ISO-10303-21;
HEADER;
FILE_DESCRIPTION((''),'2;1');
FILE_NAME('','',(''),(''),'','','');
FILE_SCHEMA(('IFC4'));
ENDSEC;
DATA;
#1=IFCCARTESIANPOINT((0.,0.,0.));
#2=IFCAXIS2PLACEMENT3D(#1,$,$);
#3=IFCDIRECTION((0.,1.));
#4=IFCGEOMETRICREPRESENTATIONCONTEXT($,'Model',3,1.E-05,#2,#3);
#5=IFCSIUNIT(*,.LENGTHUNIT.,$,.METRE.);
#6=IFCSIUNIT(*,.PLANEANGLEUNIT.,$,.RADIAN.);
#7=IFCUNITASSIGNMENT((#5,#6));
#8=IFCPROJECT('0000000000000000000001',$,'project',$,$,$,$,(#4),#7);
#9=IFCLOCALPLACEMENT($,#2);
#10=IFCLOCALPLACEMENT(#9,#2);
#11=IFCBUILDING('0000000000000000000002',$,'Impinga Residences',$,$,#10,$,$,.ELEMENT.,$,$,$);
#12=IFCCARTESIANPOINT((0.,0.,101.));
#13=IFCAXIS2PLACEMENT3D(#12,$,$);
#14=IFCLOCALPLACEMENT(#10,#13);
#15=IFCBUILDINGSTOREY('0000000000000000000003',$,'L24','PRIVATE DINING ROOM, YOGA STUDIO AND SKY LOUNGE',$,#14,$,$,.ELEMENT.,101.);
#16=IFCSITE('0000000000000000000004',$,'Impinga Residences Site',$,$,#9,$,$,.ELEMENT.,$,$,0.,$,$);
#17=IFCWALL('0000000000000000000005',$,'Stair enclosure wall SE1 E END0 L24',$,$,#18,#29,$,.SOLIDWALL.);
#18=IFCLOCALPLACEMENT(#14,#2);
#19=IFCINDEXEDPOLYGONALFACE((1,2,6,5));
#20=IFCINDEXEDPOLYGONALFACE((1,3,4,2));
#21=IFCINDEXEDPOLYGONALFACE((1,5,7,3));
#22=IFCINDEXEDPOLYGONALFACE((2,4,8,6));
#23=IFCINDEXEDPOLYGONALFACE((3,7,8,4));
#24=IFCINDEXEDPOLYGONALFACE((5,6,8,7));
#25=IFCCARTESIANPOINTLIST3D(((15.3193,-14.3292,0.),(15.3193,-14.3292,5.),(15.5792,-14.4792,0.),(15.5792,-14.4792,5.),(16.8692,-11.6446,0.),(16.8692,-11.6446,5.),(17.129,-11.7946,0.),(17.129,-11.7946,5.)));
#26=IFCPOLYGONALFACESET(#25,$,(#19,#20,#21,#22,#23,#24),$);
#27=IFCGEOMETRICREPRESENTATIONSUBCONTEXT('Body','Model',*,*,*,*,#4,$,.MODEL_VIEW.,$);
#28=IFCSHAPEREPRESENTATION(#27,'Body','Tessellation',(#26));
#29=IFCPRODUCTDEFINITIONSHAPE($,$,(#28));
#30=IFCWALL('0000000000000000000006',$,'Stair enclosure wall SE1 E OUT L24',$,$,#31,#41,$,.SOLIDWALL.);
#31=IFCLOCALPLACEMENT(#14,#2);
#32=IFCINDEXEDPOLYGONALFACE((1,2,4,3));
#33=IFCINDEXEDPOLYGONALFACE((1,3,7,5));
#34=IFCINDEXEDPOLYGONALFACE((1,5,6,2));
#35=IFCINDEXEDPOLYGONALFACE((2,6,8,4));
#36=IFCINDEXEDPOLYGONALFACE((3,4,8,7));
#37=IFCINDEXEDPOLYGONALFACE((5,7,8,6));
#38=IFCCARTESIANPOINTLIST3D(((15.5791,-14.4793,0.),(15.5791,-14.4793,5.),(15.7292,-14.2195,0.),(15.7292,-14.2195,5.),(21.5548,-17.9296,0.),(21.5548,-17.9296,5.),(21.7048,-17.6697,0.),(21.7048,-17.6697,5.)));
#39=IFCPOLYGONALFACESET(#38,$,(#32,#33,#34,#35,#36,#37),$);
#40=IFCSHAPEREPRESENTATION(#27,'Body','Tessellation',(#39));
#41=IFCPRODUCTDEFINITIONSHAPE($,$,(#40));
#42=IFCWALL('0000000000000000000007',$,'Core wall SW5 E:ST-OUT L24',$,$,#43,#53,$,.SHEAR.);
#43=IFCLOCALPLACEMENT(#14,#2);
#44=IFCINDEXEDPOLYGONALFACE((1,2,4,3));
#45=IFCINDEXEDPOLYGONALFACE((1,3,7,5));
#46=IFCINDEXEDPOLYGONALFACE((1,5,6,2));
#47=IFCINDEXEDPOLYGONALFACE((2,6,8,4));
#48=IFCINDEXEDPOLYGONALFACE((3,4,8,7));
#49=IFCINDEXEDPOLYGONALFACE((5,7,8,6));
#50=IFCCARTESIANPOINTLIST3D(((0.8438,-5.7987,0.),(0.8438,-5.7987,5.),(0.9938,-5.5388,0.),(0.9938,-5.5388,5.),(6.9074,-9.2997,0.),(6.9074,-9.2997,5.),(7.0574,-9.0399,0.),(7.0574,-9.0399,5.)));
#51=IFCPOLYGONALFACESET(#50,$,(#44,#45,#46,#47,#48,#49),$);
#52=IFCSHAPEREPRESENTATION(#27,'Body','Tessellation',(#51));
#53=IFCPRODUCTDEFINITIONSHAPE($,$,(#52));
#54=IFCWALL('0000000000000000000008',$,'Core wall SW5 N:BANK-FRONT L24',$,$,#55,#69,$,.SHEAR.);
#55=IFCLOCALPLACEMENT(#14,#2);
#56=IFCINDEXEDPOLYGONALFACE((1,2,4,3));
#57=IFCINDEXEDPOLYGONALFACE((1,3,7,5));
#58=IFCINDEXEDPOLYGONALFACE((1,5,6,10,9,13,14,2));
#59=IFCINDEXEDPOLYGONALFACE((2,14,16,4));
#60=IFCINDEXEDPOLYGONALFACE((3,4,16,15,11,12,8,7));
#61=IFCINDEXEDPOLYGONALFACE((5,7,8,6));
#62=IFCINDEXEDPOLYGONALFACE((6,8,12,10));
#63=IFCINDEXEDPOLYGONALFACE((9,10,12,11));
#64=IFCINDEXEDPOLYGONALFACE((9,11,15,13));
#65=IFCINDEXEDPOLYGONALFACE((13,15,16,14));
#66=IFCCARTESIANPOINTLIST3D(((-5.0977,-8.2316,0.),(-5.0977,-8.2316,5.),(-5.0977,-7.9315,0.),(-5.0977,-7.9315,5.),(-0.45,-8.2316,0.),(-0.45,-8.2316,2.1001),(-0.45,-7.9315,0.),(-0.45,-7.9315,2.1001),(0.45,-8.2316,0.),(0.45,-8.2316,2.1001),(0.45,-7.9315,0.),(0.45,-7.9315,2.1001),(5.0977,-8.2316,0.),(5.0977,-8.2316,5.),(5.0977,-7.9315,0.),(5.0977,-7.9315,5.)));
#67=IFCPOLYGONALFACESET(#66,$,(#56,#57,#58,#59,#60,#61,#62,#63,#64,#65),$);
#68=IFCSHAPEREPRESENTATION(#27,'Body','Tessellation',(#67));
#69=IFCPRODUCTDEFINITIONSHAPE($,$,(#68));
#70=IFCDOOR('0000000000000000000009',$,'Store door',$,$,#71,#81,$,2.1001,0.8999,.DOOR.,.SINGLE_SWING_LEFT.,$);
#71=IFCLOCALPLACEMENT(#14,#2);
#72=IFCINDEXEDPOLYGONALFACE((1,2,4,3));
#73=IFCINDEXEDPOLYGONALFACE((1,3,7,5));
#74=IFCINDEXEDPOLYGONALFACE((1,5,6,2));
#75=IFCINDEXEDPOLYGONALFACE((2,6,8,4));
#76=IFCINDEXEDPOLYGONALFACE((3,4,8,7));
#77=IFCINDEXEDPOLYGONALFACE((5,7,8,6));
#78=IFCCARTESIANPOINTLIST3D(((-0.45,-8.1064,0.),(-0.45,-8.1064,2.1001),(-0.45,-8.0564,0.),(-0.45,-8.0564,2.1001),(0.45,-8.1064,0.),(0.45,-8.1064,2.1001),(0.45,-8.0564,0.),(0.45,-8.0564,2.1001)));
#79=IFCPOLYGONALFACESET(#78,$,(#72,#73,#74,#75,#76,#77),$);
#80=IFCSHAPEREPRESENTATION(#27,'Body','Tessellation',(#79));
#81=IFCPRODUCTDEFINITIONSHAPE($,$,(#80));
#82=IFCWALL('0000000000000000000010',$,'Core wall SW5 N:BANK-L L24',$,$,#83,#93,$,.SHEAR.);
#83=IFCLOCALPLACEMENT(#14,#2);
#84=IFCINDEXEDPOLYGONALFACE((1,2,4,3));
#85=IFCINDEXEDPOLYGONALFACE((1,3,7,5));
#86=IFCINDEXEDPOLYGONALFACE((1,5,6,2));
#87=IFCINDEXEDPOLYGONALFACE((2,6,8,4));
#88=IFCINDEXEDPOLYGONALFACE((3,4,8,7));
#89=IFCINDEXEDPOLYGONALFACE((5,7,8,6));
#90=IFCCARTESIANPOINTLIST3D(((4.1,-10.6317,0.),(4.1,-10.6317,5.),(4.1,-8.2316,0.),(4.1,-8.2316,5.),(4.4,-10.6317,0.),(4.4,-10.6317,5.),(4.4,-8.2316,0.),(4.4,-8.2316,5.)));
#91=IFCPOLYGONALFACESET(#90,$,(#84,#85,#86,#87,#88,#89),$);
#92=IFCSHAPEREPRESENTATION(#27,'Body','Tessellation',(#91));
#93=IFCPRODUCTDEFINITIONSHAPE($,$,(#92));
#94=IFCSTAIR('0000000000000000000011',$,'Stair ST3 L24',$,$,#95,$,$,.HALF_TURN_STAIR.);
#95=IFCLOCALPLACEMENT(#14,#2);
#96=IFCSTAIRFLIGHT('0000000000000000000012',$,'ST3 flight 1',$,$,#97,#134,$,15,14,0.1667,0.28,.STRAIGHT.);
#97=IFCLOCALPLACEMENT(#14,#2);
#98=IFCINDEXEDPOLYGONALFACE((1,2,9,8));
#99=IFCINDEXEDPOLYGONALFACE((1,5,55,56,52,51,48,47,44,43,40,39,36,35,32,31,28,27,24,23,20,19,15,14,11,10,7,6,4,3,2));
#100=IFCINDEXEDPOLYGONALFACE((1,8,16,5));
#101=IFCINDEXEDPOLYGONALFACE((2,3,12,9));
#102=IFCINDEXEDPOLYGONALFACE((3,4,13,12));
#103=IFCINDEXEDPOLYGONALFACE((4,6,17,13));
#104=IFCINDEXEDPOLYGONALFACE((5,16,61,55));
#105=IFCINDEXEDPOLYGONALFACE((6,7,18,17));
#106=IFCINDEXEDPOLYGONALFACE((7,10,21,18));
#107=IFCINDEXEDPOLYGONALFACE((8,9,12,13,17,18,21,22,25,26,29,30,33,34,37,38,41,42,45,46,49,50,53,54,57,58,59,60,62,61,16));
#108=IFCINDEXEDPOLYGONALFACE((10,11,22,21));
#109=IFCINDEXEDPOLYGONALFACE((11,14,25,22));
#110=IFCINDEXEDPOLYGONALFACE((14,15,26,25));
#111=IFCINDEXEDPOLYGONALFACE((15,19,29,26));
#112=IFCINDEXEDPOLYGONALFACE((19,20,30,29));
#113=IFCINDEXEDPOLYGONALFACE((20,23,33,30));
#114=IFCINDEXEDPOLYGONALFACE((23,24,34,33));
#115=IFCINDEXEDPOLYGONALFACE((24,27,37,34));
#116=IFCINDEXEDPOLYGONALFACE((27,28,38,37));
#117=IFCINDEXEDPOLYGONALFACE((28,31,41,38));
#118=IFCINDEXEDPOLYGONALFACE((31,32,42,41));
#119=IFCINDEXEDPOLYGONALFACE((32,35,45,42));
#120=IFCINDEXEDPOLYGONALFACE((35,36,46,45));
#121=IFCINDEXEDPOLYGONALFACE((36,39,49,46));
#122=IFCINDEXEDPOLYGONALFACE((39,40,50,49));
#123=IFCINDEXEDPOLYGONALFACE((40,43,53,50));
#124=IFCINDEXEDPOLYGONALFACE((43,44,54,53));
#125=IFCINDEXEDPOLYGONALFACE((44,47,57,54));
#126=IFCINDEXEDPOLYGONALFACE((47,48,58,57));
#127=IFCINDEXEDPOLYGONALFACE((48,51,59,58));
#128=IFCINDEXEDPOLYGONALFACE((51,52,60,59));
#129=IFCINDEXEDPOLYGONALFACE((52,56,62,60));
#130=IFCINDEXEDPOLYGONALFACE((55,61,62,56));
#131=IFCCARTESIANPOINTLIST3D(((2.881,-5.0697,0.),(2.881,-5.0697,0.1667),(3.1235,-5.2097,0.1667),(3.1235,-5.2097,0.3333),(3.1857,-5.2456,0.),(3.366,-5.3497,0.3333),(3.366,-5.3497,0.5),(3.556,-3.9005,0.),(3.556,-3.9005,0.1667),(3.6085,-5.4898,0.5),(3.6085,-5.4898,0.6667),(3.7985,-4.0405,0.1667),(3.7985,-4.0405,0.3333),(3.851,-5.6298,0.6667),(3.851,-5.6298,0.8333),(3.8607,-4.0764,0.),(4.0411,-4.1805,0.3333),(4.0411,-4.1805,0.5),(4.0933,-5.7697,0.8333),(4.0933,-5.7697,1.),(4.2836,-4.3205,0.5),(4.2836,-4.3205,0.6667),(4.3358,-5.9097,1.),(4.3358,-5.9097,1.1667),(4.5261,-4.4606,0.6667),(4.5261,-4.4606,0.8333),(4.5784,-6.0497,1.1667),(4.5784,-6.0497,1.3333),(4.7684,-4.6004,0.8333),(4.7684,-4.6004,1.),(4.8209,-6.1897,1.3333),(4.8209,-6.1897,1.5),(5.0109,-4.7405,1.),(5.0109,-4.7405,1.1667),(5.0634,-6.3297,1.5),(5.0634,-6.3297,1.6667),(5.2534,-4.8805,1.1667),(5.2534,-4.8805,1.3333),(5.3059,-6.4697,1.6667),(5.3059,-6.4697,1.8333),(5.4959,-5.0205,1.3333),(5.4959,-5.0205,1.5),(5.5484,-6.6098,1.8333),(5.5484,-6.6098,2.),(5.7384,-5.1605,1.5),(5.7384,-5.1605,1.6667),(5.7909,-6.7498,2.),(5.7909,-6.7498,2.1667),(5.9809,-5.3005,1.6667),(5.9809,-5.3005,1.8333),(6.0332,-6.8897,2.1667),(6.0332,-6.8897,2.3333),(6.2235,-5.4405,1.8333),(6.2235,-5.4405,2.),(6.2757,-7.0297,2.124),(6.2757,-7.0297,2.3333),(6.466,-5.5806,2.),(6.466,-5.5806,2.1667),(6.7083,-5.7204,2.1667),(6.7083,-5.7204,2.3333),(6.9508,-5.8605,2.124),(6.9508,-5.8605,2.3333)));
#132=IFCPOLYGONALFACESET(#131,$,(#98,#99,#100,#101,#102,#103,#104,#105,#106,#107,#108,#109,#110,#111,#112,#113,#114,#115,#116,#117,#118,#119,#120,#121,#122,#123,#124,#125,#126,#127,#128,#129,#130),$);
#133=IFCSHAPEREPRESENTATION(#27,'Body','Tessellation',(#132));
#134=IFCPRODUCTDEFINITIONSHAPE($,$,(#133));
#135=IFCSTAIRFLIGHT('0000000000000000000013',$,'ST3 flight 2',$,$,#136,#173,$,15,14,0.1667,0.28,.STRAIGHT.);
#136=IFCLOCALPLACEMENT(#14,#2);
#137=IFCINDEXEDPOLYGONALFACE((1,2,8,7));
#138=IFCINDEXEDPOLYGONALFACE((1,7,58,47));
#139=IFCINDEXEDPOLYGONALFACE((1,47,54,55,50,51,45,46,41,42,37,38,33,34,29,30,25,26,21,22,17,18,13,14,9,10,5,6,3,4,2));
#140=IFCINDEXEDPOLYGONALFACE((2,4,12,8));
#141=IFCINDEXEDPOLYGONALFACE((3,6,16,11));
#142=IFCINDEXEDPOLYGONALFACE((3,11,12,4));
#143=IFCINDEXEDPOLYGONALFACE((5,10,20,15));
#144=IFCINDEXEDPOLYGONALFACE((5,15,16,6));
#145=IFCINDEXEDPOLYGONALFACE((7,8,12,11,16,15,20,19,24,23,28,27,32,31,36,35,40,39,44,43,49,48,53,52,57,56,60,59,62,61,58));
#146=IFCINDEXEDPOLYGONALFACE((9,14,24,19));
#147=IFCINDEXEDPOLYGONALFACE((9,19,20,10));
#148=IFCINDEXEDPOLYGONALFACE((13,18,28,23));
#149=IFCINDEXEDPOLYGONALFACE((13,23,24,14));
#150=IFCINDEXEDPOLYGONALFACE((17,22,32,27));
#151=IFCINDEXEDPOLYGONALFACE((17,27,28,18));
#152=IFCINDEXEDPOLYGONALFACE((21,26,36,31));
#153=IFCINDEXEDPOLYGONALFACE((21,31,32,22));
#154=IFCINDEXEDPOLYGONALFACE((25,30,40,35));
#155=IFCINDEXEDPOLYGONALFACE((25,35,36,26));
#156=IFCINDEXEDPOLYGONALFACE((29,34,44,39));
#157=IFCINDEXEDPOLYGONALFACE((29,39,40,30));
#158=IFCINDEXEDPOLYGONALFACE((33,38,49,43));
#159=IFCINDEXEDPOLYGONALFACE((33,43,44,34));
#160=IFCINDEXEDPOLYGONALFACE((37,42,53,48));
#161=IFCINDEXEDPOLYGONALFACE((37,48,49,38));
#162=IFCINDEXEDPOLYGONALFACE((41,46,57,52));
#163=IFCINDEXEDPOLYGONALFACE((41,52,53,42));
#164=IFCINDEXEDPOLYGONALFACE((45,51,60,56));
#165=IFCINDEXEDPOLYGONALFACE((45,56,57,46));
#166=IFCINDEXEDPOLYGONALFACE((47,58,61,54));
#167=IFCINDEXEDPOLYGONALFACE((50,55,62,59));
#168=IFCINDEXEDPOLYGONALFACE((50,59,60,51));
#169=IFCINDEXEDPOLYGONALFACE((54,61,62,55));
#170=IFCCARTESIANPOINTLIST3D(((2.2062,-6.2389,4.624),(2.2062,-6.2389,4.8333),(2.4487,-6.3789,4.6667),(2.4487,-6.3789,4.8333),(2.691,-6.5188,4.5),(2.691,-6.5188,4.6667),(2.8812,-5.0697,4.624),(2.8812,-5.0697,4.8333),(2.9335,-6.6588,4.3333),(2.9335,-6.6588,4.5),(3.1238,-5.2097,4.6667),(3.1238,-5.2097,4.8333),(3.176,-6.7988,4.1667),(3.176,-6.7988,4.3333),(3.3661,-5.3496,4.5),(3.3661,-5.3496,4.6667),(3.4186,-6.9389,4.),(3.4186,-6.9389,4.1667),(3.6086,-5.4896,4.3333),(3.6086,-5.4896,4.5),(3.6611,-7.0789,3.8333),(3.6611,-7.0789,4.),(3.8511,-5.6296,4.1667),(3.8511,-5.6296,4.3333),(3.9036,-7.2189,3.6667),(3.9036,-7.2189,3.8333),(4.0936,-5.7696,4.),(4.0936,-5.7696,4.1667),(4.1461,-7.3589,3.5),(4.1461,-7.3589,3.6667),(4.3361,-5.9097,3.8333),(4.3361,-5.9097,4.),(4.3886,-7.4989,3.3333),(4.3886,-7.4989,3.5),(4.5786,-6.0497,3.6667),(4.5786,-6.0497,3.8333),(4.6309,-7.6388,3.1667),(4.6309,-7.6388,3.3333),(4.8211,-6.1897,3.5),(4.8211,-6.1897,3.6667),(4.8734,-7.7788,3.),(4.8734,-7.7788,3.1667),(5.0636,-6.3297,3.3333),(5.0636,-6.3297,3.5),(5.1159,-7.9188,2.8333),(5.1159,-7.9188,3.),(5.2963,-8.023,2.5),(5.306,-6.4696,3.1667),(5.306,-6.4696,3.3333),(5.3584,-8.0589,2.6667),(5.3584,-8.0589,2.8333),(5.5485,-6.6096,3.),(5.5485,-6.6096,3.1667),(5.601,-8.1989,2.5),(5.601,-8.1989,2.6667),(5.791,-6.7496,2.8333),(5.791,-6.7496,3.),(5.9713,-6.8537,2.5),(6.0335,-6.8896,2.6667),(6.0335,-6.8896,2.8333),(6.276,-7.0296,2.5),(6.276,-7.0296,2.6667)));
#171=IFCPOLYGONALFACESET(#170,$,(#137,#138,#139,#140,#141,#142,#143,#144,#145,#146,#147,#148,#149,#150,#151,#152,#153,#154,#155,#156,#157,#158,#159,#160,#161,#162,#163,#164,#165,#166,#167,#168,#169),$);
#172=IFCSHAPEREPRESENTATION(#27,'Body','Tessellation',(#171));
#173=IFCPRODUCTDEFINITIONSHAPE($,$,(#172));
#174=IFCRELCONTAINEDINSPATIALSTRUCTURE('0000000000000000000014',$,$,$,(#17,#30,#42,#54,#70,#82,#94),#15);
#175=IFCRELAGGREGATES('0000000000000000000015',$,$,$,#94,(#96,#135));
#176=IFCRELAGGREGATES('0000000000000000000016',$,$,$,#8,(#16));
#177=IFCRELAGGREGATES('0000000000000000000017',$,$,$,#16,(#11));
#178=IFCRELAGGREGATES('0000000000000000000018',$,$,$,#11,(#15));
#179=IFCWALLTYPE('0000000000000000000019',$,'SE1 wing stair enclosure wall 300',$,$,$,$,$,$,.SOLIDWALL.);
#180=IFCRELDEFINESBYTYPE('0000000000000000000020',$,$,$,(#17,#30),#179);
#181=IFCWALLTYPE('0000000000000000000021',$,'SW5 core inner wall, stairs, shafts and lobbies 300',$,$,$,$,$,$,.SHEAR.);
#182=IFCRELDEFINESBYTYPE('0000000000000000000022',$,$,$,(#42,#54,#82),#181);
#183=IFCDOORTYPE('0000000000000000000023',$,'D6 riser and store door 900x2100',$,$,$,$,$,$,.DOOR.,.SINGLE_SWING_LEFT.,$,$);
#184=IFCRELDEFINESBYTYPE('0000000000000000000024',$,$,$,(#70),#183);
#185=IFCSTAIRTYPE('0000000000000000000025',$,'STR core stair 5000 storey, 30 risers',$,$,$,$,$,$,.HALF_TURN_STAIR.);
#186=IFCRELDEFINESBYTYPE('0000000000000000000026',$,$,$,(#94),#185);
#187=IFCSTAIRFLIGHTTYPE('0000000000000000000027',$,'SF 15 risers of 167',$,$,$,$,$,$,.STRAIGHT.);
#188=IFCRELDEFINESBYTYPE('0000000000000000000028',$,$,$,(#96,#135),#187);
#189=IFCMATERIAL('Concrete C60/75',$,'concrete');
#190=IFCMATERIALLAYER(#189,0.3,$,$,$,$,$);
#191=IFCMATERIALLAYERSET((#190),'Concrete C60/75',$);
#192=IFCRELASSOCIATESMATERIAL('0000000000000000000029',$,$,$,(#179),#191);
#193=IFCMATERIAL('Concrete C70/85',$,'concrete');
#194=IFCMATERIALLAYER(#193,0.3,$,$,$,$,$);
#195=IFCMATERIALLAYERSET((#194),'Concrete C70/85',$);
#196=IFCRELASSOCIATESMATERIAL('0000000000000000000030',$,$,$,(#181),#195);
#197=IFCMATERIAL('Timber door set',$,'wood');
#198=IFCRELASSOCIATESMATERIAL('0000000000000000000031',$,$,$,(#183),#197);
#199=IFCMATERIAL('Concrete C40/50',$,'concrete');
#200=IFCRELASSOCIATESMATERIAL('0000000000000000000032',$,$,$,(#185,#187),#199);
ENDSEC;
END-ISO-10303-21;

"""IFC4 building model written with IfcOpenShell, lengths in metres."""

from ifc_helpers import new_model, si_unit, direction, frame, frame_2d, origin, place, context, subcontext, project, spatial, polyline, rectangle, outline, extrude, material, layer, layer_set, type_object, element, fill, aggregate, save


model = new_model("IFC4")

# Units and contexts
model_context = context("Model", 3, precision=1e-05, world=origin(), true_north=direction((0.0, 1.0)))
body_context = subcontext(model_context, "Body", "Model", "MODEL_VIEW")
ifc_project = project(units=[si_unit("LENGTHUNIT", "METRE"), si_unit("PLANEANGLEUNIT", "RADIAN")], contexts=[model_context])

# Site, building, storey
site_placement = place(None, origin())
site = spatial("IfcSite", under=ifc_project, at=site_placement, Name="Impinga Residences Site", CompositionType="ELEMENT", RefElevation=0.0)
building_placement = place(site_placement, origin())
building = spatial("IfcBuilding", under=site, at=building_placement, Name="Impinga Residences", CompositionType="ELEMENT")
storey_placement = place(building_placement, frame((0.0, 0.0, 101.0)))
storey = spatial("IfcBuildingStorey", under=building, at=storey_placement, Name="L24", Description="PRIVATE DINING ROOM, YOGA STUDIO AND SKY LOUNGE", CompositionType="ELEMENT", Elevation=101.0)

# Shared definitions
ifc_material_1 = material(Name="Concrete C60/75", Category="concrete")

# Shared definitions
ifc_material_2 = material(Name="Timber door set", Category="wood")

# Walls
ifc_layer_1 = layer(ifc_material_1, 0.3)
ifc_layer_set_1 = layer_set([ifc_layer_1], Name="Concrete C60/75")
wall_type_1 = type_object("IfcWallType", Name="SE1 wing stair enclosure wall 300", PredefinedType="SOLIDWALL", material=ifc_layer_set_1)
wall_1_placement = place(storey_placement, frame((16.999, -11.7197, 0.0), z_axis=(0.0, 0.0, 1.0), x_axis=(-0.499968, -0.866044, 0.0)))
element("IfcWall", 1, at=wall_1_placement, inside=storey, type_object=wall_type_1, Name="Stair enclosure wall SE1 E END0 L24", PredefinedType="SOLIDWALL", context=body_context, shape_type="SweptSolid", body=[
    extrude(rectangle(XDim=3.0999, YDim=0.3, at=frame_2d((1.5498, 0.0))), origin(), (0.0, 0.0, 1.0), 5.0),
])
wall_2_placement = place(storey_placement, frame((15.6541, -14.3494, 0.0), z_axis=(0.0, 0.0, 1.0), x_axis=(0.866014, -0.500021, 0.0)))
element("IfcWall", 2, at=wall_2_placement, inside=storey, type_object=wall_type_1, Name="Stair enclosure wall SE1 E OUT L24", PredefinedType="SOLIDWALL", context=body_context, shape_type="SweptSolid", body=[
    extrude(rectangle(XDim=6.9001, YDim=0.3, at=frame_2d((3.4502, 0.0))), origin(), (0.0, 0.0, 1.0), 5.0),
])
ifc_material_3 = material(Name="Concrete C70/85", Category="concrete")
ifc_layer_2 = layer(ifc_material_3, 0.3)
ifc_layer_set_2 = layer_set([ifc_layer_2], Name="Concrete C70/85")
wall_type_2 = type_object("IfcWallType", Name="SW5 core inner wall, stairs, shafts and lobbies 300", PredefinedType="SHEAR", material=ifc_layer_set_2)
wall_3_placement = place(storey_placement, frame((0.9187, -5.6687, 0.0), z_axis=(0.0, 0.0, 1.0), x_axis=(0.866011, -0.500024, 0.0)))
element("IfcWall", 3, at=wall_3_placement, inside=storey, type_object=wall_type_2, Name="Core wall SW5 E:ST-OUT L24", PredefinedType="SHEAR", context=body_context, shape_type="SweptSolid", body=[
    extrude(rectangle(XDim=7.0017, YDim=0.3, at=frame_2d((3.501, 0.0))), origin(), (0.0, 0.0, 1.0), 5.0),
])

# Wall, opening, door
wall_4_placement = place(storey_placement, frame((5.0977, -8.0815, 0.0), z_axis=(0.0, 0.0, 1.0), x_axis=(-1.0, 0.0, 0.0)))
wall_4 = element("IfcWall", 4, at=wall_4_placement, inside=storey, type_object=wall_type_2, Name="Core wall SW5 N:BANK-FRONT L24", PredefinedType="SHEAR", context=body_context, shape_type="SweptSolid", body=[
    extrude(rectangle(XDim=10.1953, YDim=0.3, at=frame_2d((5.0977, 0.0))), origin(), (0.0, 0.0, 1.0), 5.0),
])
opening_1_placement = place(wall_4_placement, frame((4.6477, 0.0, 0.0)))
opening_1 = element("IfcOpeningElement", 5, at=opening_1_placement, cuts=wall_4, PredefinedType="OPENING", context=body_context, shape_type="SweptSolid", body=[
    extrude(rectangle(XDim=0.8999, YDim=2.1001, at=frame_2d((0.45, 1.05))), frame((0.0, 0.1599, 0.0), z_axis=(0.0, -1.0, 0.0), x_axis=(1.0, 0.0, 0.0)), (0.0, 0.0, 1.0), 0.3201),
])
door_type_1 = type_object("IfcDoorType", Name="D6 riser and store door 900x2100", OperationType="SINGLE_SWING_LEFT", PredefinedType="DOOR", material=ifc_material_2)
door_1_placement = place(opening_1_placement, origin())
door_1 = element("IfcDoor", 6, at=door_1_placement, inside=storey, type_object=door_type_1, Name="Store door", OperationType="SINGLE_SWING_LEFT", OverallHeight=2.1001, OverallWidth=0.8999, PredefinedType="DOOR", context=body_context, shape_type="SweptSolid", body=[
    extrude(rectangle(XDim=0.8999, YDim=2.1001, at=frame_2d((0.45, 1.05))), frame((0.0, 0.0249, 0.0), z_axis=(0.0, -1.0, 0.0), x_axis=(1.0, 0.0, 0.0)), (0.0, 0.0, 1.0), 0.05),
])
fill(opening_1, door_1)

# Wall
wall_5_placement = place(storey_placement, frame((4.25, -8.2314, 0.0), z_axis=(0.0, 0.0, 1.0), x_axis=(0.0, -1.0, 0.0)))
element("IfcWall", 7, at=wall_5_placement, inside=storey, type_object=wall_type_2, Name="Core wall SW5 N:BANK-L L24", PredefinedType="SHEAR", context=body_context, shape_type="SweptSolid", body=[
    extrude(rectangle(XDim=2.4001, YDim=0.3, at=frame_2d((1.2002, 0.0))), origin(), (0.0, 0.0, 1.0), 5.0),
])

# Stair, stair flights
ifc_material_4 = material(Name="Concrete C40/50", Category="concrete")
stair_type_1 = type_object("IfcStairType", Name="STR core stair 5000 storey, 30 risers", PredefinedType="HALF_TURN_STAIR", material=ifc_material_4)
stair_1_placement = place(storey_placement, origin())
stair_1 = element("IfcStair", 8, at=stair_1_placement, inside=storey, type_object=stair_type_1, Name="Stair ST3 L24", PredefinedType="HALF_TURN_STAIR")
stair_flight_type = type_object("IfcStairFlightType", Name="SF 15 risers of 167", PredefinedType="STRAIGHT", material=ifc_material_4)
stair_flight_1_placement = place(storey_placement, frame((3.2185, -4.4851, 0.0), z_axis=(0.0, 0.0, 1.0), x_axis=(0.866025, -0.5, 0.0)))
stair_flight_1 = element("IfcStairFlight", 9, at=stair_flight_1_placement, type_object=stair_flight_type, Name="ST3 flight 1", NumberOfRisers=15, NumberOfTreads=14, PredefinedType="STRAIGHT", RiserHeight=0.1667, TreadLength=0.28, context=body_context, shape_type="SweptSolid", body=[
    extrude(outline(polyline([(0.0, 0.0), (0.0, 0.1667), (0.28, 0.1667), (0.28, 0.3333), (0.5601, 0.3333), (0.5601, 0.5), (0.8401, 0.5), (0.8401, 0.6667), (1.1201, 0.6667), (1.1201, 0.8333), (1.3999, 0.8333), (1.3999, 1.0), (1.6799, 1.0), (1.6799, 1.1667), (1.96, 1.1667), (1.96, 1.3333), (2.24, 1.3333), (2.24, 1.5), (2.52, 1.5), (2.52, 1.6667), (2.8, 1.6667), (2.8, 1.8333), (3.0801, 1.8333), (3.0801, 2.0), (3.3601, 2.0), (3.3601, 2.1667), (3.6399, 2.1667), (3.6399, 2.3333), (3.9199, 2.3333), (3.9199, 2.5), (3.9199, 2.124), (0.3518, 0.0), (0.0, 0.0)])), frame((0.0, 0.675, 0.0), z_axis=(0.0, -1.0, 0.0), x_axis=(1.0, 0.0, 0.0)), (0.0, 0.0, 1.0), 1.3501),
])
stair_flight_2_placement = place(storey_placement, frame((5.9385, -7.6143, 2.5), z_axis=(0.0, 0.0, 1.0), x_axis=(-0.866025, 0.5, 0.0)))
stair_flight_2 = element("IfcStairFlight", 10, at=stair_flight_2_placement, type_object=stair_flight_type, Name="ST3 flight 2", NumberOfRisers=15, NumberOfTreads=14, PredefinedType="STRAIGHT", RiserHeight=0.1667, TreadLength=0.28, context=body_context, shape_type="SweptSolid", body=[
    extrude(outline(polyline([(0.0, 0.0), (0.0, 0.1667), (0.28, 0.1667), (0.28, 0.3333), (0.5601, 0.3333), (0.5601, 0.5), (0.8401, 0.5), (0.8401, 0.6667), (1.1201, 0.6667), (1.1201, 0.8333), (1.3999, 0.8333), (1.3999, 1.0), (1.6799, 1.0), (1.6799, 1.1667), (1.96, 1.1667), (1.96, 1.3333), (2.24, 1.3333), (2.24, 1.5), (2.52, 1.5), (2.52, 1.6667), (2.8, 1.6667), (2.8, 1.8333), (3.0801, 1.8333), (3.0801, 2.0), (3.3601, 2.0), (3.3601, 2.1667), (3.6399, 2.1667), (3.6399, 2.3333), (3.9199, 2.3333), (3.9199, 2.5), (3.9199, 2.124), (0.3518, 0.0), (0.0, 0.0)])), frame((0.0, 0.675, 0.0), z_axis=(0.0, -1.0, 0.0), x_axis=(1.0, 0.0, 0.0)), (0.0, 0.0, 1.0), 1.3501),
])
aggregate(stair_1, [stair_flight_1, stair_flight_2])

save(model, "model.ifc")
